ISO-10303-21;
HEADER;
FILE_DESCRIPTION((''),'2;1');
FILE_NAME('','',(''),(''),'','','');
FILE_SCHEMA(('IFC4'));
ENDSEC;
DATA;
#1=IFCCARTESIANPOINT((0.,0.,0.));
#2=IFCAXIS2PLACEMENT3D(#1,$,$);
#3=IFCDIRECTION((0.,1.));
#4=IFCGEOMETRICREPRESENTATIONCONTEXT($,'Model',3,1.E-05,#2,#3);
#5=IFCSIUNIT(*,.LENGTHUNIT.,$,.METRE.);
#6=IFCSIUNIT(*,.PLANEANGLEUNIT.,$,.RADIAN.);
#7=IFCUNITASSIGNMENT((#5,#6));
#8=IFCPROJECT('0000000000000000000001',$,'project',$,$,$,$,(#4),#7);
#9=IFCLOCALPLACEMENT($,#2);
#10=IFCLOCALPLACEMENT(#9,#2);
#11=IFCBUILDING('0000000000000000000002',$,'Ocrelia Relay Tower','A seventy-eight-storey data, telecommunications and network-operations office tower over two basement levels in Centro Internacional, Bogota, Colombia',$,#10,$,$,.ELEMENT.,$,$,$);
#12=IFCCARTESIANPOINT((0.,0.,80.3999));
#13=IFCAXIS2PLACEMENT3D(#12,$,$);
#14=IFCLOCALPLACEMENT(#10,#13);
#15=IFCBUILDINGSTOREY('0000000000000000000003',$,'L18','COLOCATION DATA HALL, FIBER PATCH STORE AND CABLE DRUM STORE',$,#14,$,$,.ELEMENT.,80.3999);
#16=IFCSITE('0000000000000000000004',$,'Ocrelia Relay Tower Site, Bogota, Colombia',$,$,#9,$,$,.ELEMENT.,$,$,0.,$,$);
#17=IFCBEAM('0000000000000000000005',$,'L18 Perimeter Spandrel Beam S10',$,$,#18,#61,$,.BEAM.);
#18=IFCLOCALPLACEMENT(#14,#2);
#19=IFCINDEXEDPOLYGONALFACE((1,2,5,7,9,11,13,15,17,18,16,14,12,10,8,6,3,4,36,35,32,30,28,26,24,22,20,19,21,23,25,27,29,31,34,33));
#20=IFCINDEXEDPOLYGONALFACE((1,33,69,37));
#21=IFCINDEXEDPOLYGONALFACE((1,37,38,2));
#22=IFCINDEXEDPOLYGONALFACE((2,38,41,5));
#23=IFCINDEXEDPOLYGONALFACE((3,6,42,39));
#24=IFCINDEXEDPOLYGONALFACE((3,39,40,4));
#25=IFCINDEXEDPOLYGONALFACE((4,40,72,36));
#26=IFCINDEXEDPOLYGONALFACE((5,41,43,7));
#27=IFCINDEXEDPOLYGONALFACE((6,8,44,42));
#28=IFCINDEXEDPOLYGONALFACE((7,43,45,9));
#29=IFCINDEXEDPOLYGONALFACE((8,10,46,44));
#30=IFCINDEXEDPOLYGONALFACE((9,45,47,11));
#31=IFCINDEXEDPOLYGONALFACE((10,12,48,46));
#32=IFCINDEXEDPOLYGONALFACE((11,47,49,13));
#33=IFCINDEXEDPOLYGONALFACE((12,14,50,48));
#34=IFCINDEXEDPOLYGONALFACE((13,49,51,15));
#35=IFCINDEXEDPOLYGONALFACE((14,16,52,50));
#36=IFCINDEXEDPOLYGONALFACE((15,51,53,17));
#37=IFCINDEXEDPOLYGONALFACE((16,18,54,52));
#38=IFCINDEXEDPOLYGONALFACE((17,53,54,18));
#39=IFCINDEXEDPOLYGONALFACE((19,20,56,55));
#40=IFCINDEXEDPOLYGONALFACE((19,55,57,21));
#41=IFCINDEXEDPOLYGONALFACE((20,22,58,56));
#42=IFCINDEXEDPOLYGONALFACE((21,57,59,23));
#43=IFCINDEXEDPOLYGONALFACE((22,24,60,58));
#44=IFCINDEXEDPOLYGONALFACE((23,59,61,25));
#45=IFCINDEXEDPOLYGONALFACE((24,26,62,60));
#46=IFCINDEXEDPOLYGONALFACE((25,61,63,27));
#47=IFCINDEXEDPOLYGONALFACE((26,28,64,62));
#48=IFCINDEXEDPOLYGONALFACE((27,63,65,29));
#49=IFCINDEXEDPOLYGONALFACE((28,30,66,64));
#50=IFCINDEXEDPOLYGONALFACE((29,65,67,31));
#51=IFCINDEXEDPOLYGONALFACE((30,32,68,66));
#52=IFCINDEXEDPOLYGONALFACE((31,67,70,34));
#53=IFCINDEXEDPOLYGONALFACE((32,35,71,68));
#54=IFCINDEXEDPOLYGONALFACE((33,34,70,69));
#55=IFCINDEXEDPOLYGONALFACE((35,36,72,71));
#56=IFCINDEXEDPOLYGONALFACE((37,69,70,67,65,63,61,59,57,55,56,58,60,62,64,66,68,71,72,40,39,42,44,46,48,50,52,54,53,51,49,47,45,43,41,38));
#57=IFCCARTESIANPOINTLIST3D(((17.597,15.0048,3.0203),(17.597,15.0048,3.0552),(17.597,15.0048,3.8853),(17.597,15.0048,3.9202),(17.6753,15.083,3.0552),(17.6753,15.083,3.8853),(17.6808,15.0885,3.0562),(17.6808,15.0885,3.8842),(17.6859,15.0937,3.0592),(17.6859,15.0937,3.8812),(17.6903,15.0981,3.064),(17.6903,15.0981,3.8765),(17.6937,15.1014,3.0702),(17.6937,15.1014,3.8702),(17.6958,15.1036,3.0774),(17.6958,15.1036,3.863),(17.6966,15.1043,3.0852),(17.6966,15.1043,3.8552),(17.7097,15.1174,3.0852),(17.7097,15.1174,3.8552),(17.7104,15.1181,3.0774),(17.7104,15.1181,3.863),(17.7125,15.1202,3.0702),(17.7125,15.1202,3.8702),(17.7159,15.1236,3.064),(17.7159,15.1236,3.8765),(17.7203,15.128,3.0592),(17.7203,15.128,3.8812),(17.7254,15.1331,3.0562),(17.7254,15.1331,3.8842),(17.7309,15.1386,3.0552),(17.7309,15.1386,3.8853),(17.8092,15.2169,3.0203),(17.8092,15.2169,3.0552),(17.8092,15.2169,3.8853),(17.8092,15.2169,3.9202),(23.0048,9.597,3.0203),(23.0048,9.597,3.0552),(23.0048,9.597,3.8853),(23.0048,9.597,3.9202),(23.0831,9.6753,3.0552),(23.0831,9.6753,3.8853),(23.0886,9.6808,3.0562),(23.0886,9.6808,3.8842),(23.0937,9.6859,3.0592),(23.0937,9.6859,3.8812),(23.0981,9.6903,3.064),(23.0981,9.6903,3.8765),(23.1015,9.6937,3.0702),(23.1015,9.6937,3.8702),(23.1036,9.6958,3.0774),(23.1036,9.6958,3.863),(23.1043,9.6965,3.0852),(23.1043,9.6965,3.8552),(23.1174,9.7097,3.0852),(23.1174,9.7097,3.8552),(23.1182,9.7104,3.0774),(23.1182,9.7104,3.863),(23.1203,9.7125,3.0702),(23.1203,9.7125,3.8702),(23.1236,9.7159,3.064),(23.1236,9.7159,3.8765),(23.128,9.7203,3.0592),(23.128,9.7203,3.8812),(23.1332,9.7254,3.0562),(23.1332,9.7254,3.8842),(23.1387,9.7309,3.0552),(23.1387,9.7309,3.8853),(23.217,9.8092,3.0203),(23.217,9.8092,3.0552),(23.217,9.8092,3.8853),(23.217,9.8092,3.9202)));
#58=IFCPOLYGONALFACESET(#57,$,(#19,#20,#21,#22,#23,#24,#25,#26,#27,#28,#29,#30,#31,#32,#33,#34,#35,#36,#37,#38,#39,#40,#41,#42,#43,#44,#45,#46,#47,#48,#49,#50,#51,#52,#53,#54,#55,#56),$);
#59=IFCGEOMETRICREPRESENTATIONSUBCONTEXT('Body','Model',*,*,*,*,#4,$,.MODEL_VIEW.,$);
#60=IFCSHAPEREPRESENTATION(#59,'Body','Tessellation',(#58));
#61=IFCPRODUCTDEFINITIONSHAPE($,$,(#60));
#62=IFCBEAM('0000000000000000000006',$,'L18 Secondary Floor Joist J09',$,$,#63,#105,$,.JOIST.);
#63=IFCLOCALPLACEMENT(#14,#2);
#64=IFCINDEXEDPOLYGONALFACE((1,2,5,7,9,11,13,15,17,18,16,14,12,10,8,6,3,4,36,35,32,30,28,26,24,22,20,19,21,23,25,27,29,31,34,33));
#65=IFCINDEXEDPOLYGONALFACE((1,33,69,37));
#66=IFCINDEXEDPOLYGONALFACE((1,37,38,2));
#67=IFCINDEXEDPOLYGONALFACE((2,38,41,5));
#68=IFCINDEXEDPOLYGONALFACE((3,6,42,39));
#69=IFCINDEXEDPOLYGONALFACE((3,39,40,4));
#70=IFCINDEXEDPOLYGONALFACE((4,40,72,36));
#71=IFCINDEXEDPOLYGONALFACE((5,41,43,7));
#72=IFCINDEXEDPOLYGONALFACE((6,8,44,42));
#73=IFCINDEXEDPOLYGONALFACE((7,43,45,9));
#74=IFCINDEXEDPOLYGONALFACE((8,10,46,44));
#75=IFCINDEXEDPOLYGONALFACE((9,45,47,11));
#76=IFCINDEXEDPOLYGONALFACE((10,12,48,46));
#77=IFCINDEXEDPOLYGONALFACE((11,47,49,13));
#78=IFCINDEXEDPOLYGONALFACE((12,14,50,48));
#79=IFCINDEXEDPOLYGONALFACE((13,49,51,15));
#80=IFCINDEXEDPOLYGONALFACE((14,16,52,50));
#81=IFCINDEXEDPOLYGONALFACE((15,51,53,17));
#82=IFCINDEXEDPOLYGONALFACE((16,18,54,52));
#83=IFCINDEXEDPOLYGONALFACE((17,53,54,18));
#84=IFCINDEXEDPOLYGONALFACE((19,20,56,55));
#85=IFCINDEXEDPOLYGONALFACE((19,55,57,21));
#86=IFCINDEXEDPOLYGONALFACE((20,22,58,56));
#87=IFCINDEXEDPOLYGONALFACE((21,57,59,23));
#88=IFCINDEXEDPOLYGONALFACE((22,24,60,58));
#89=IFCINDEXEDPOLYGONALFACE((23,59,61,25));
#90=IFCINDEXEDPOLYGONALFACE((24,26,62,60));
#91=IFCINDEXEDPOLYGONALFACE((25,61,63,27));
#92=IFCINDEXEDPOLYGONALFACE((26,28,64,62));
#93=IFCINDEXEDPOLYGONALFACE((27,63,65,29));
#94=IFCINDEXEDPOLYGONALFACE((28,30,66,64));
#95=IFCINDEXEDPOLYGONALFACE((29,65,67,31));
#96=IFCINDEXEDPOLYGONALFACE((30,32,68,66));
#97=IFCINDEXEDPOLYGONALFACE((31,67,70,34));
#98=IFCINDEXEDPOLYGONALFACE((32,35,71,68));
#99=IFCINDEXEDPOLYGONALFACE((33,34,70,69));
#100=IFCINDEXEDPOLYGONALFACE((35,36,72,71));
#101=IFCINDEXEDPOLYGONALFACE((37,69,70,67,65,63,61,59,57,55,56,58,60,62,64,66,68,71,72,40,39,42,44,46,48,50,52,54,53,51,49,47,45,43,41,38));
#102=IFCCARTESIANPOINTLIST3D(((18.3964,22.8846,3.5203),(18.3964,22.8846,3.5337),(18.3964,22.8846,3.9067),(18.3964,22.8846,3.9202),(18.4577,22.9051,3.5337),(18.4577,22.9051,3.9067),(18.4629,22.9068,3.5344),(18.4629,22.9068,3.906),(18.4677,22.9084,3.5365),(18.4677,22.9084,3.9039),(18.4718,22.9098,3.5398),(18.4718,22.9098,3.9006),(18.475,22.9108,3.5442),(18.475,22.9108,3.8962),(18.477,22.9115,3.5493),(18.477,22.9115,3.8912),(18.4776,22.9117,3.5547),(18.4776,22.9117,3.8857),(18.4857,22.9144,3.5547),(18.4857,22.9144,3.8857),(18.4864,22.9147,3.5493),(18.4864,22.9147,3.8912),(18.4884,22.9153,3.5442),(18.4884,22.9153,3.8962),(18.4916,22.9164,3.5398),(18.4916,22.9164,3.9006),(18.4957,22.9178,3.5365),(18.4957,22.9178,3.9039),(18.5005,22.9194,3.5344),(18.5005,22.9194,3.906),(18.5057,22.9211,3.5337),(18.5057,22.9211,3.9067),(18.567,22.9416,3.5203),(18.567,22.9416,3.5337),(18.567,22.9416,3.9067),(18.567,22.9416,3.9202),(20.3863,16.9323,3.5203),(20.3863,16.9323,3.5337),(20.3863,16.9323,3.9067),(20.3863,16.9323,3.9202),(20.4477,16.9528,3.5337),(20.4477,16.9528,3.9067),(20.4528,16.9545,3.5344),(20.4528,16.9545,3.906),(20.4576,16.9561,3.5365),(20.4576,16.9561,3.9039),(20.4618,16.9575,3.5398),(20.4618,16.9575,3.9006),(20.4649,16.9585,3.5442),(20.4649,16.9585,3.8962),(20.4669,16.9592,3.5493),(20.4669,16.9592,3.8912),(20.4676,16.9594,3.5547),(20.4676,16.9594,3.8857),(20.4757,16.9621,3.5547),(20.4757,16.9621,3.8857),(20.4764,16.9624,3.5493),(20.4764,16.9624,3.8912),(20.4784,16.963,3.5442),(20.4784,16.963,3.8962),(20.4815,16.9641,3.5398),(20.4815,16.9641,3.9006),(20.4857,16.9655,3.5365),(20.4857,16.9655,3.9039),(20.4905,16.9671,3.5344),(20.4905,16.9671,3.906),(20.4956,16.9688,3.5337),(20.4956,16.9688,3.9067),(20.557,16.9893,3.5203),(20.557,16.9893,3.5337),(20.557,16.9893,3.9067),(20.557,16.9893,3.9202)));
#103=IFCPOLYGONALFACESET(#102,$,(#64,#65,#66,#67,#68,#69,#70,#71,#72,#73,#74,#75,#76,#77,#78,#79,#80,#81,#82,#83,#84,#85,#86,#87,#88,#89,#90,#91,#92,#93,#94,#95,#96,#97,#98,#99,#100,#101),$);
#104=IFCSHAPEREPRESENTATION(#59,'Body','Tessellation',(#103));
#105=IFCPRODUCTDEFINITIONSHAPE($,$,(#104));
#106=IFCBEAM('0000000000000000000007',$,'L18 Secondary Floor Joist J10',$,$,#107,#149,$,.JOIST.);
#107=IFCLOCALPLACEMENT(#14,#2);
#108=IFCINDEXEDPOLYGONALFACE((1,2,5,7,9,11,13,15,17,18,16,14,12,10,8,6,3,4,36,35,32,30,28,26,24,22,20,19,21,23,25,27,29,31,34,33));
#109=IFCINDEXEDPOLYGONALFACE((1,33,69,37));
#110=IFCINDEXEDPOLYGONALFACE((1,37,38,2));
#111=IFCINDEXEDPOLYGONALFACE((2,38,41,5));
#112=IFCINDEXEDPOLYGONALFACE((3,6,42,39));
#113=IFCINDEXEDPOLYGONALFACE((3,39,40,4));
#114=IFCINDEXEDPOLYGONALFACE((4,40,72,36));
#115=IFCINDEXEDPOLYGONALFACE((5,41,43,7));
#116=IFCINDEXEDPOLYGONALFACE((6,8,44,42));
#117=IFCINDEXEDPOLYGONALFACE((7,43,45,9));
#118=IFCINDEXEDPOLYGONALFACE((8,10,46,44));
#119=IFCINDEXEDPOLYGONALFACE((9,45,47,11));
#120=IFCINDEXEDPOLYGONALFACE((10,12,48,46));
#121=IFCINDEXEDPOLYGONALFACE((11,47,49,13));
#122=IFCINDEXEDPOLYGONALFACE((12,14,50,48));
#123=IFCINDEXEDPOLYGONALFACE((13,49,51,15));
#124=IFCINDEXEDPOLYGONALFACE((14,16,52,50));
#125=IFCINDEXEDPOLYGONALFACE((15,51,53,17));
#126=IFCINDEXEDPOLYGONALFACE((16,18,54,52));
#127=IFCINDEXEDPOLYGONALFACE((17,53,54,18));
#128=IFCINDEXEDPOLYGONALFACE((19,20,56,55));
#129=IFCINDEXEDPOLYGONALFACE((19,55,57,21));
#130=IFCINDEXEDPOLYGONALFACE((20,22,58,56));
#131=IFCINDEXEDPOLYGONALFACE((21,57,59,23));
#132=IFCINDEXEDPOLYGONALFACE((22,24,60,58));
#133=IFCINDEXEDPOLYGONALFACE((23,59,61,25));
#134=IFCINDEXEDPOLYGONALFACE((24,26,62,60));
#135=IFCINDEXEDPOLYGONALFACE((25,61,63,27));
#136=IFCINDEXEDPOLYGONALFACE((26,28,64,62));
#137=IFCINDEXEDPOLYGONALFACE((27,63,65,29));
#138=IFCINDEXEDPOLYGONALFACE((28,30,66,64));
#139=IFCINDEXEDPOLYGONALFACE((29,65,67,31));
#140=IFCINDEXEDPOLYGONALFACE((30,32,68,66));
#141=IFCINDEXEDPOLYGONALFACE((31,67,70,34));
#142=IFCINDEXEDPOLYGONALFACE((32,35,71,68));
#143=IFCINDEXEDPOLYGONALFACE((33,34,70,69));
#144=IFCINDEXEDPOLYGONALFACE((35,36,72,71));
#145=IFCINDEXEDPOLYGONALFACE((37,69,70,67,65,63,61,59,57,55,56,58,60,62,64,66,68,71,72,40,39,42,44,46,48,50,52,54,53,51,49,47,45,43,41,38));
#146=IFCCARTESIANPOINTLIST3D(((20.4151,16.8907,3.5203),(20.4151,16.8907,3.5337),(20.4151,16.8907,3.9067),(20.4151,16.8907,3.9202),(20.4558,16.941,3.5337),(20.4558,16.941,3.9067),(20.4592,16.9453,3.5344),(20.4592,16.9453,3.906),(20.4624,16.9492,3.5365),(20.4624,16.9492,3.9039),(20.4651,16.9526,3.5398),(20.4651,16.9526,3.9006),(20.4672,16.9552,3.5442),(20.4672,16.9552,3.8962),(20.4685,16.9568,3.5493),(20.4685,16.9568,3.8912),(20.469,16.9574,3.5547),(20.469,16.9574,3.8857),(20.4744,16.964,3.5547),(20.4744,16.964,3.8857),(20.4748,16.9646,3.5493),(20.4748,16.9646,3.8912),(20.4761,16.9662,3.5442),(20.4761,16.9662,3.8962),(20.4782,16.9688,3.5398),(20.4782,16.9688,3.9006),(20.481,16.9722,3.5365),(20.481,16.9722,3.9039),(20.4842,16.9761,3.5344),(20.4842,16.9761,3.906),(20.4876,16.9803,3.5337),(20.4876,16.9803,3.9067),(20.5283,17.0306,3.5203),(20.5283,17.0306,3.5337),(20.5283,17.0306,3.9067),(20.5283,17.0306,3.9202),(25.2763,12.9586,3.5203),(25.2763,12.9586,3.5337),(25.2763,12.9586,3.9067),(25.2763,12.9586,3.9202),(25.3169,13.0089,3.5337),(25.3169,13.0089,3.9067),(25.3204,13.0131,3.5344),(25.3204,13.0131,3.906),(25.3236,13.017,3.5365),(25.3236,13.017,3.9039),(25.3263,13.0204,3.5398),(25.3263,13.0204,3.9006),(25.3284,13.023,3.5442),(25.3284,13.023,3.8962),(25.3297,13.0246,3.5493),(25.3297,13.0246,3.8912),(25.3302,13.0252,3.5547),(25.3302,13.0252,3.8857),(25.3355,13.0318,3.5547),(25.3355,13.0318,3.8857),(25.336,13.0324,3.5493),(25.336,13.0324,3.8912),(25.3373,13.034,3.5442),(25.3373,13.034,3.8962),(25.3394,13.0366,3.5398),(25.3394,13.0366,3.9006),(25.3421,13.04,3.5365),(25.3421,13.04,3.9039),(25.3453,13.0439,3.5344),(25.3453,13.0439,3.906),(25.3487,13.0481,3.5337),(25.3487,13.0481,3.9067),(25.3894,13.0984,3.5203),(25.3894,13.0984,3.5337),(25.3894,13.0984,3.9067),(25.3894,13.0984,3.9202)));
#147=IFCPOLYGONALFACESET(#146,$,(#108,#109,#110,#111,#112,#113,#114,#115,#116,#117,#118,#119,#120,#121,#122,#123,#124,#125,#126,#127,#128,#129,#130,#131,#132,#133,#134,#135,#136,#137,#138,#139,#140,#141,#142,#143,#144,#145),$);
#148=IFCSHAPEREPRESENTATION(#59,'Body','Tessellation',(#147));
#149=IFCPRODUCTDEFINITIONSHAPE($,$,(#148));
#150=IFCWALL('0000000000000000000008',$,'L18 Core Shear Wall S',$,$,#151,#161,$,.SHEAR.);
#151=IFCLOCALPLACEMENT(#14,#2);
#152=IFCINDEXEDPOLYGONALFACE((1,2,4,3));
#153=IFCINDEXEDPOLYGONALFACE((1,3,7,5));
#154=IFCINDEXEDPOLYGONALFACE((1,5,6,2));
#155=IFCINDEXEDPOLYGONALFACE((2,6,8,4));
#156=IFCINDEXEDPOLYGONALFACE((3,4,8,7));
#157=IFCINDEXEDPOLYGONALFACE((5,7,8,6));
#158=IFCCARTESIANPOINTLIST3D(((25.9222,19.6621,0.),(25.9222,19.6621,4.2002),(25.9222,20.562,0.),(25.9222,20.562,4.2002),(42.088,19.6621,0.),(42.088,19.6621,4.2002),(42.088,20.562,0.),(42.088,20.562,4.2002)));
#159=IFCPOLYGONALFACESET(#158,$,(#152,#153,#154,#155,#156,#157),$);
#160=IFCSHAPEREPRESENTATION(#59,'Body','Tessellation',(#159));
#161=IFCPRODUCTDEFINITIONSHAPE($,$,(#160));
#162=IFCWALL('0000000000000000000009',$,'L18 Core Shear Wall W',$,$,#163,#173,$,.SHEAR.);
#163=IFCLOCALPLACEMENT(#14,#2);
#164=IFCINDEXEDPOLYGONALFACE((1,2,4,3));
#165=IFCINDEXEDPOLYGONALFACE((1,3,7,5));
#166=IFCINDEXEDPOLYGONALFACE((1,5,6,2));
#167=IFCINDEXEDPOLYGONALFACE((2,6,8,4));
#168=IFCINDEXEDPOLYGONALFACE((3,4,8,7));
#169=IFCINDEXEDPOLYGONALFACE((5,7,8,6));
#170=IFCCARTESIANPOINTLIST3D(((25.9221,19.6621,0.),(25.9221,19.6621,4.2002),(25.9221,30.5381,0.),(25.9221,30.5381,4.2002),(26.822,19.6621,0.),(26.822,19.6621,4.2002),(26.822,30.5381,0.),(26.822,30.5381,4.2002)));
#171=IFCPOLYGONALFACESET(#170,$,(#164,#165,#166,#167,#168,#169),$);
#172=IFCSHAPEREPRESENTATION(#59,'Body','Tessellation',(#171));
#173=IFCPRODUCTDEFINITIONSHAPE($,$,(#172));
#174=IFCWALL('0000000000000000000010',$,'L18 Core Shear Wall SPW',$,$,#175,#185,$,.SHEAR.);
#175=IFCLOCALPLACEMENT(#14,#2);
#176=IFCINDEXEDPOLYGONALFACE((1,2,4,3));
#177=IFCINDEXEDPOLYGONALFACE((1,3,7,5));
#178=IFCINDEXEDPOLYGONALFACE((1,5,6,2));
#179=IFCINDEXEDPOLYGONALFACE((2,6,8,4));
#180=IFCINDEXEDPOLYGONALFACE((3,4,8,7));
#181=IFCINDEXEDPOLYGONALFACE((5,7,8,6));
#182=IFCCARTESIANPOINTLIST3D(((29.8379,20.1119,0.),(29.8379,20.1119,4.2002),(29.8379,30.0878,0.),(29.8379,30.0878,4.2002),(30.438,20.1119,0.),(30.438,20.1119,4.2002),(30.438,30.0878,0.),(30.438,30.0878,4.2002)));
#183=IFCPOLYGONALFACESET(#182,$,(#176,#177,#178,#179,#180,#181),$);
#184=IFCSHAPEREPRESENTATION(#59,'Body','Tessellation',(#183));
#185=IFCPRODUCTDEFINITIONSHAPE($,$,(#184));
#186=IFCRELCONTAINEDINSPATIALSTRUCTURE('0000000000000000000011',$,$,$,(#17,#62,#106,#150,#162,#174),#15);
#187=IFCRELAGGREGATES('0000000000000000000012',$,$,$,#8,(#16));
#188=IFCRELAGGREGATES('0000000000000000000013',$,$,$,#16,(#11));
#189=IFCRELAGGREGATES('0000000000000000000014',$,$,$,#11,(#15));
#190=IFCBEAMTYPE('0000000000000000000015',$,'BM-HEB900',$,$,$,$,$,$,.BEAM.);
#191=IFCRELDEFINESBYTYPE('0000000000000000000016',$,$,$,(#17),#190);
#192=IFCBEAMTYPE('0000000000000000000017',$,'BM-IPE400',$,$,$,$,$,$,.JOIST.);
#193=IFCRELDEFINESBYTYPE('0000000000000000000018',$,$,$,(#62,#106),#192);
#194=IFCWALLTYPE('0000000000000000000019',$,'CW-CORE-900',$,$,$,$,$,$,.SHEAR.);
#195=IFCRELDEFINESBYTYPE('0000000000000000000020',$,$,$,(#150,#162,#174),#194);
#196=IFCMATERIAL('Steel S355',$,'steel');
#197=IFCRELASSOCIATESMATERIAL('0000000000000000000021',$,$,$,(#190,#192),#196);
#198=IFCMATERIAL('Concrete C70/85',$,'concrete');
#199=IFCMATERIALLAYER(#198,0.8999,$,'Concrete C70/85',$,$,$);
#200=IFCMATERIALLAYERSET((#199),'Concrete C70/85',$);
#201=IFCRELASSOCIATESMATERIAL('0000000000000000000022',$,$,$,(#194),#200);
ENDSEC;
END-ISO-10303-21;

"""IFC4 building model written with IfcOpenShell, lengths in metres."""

from ifc_helpers import new_model, si_unit, direction, frame, frame_2d, origin, origin_2d, place, context, subcontext, project, spatial, rectangle, i_section, extrude, material, layer, layer_set, material_profile, profile_set, type_object, element, save


model = new_model("IFC4")

# Units and contexts
model_context = context("Model", 3, precision=1e-05, world=origin(), true_north=direction((0.0, 1.0)))
body_context = subcontext(model_context, "Body", "Model", "MODEL_VIEW")
ifc_project = project(units=[si_unit("LENGTHUNIT", "METRE"), si_unit("PLANEANGLEUNIT", "RADIAN")], contexts=[model_context])

# Site, building, storey
site_placement = place(None, origin())
site = spatial("IfcSite", under=ifc_project, at=site_placement, Name="Ocrelia Relay Tower Site, Bogota, Colombia", CompositionType="ELEMENT", RefElevation=0.0)
building_placement = place(site_placement, origin())
building = spatial("IfcBuilding", under=site, at=building_placement, Name="Ocrelia Relay Tower", Description="A seventy-eight-storey data, telecommunications and network-operations office tower over two basement levels in Centro Internacional, Bogota, Colombia", CompositionType="ELEMENT")
storey_placement = place(building_placement, frame((0.0, 0.0, 80.3999)))
storey = spatial("IfcBuildingStorey", under=building, at=storey_placement, Name="L18", Description="COLOCATION DATA HALL, FIBER PATCH STORE AND CABLE DRUM STORE", CompositionType="ELEMENT", Elevation=80.3999)

# Shared definitions
ifc_material_1 = material(Name="Concrete C70/85", Category="concrete")

# Beams
ifc_material_2 = material(Name="Steel S355", Category="steel")
ifc_material_profile_1 = material_profile(ifc_material_2, i_section(OverallWidth=0.3, OverallDepth=0.8999, WebThickness=0.0186, FlangeThickness=0.0349, FilletRadius=0.03, at=origin_2d()), Name="HEB 900")
ifc_profile_set_1 = profile_set([ifc_material_profile_1], Name="Steel S355")
beam_type_1 = type_object("IfcBeamType", Name="BM-HEB900", PredefinedType="BEAM", material=ifc_profile_set_1)
beam_1_placement = place(storey_placement, frame((17.7031, 15.1108, 3.4702), z_axis=(0.707107, -0.707107, 0.0), x_axis=(0.707107, 0.707107, 0.0)))
element("IfcBeam", 1, at=beam_1_placement, inside=storey, type_object=beam_type_1, Name="L18 Perimeter Spandrel Beam S10", PredefinedType="BEAM", context=body_context, shape_type="SweptSolid", body=[
    extrude(i_section(OverallWidth=0.3, OverallDepth=0.8999, WebThickness=0.0186, FlangeThickness=0.0349, FilletRadius=0.03, at=origin_2d()), origin(), (0.0, 0.0, 1.0), 7.6477),
])
ifc_material_profile_2 = material_profile(ifc_material_2, i_section(OverallWidth=0.1799, OverallDepth=0.3999, WebThickness=0.0085, FlangeThickness=0.0134, FilletRadius=0.021, at=origin_2d()), Name="IPE 400")
ifc_profile_set_2 = profile_set([ifc_material_profile_2], Name="Steel S355")
beam_type_2 = type_object("IfcBeamType", Name="BM-IPE400", PredefinedType="JOIST", material=ifc_profile_set_2)
beam_2_placement = place(storey_placement, frame((18.4817, 22.9131, 3.7202), z_axis=(0.317068, -0.948403, 0.0), x_axis=(0.948403, 0.317068, 0.0)))
element("IfcBeam", 2, at=beam_2_placement, inside=storey, type_object=beam_type_2, Name="L18 Secondary Floor Joist J09", PredefinedType="JOIST", context=body_context, shape_type="SweptSolid", body=[
    extrude(i_section(OverallWidth=0.1799, OverallDepth=0.3999, WebThickness=0.0085, FlangeThickness=0.0134, FilletRadius=0.021, at=origin_2d()), origin(), (0.0, 0.0, 1.0), 6.2761),
])
beam_3_placement = place(storey_placement, frame((20.4717, 16.9607, 3.7202), z_axis=(0.777482, -0.628905, 0.0), x_axis=(0.628905, 0.777482, 0.0)))
element("IfcBeam", 3, at=beam_3_placement, inside=storey, type_object=beam_type_2, Name="L18 Secondary Floor Joist J10", PredefinedType="JOIST", context=body_context, shape_type="SweptSolid", body=[
    extrude(i_section(OverallWidth=0.1799, OverallDepth=0.3999, WebThickness=0.0085, FlangeThickness=0.0134, FilletRadius=0.021, at=origin_2d()), origin(), (0.0, 0.0, 1.0), 6.2524),
])

# Walls
ifc_layer_1 = layer(ifc_material_1, 0.8999, Name="Concrete C70/85")
ifc_layer_set_1 = layer_set([ifc_layer_1], Name="Concrete C70/85")
wall_type_1 = type_object("IfcWallType", Name="CW-CORE-900", PredefinedType="SHEAR", material=ifc_layer_set_1)
wall_1_placement = place(storey_placement, frame((25.9221, 20.1121, 0.0), z_axis=(0.0, 0.0, 1.0), x_axis=(1.0, 0.0, 0.0)))
element("IfcWall", 4, at=wall_1_placement, inside=storey, type_object=wall_type_1, Name="L18 Core Shear Wall S", PredefinedType="SHEAR", context=body_context, shape_type="SweptSolid", body=[
    extrude(rectangle(XDim=16.1658, YDim=0.8999, at=frame_2d((8.083, 0.0))), origin(), (0.0, 0.0, 1.0), 4.2002),
])
wall_2_placement = place(storey_placement, frame((26.3721, 19.6621, 0.0), z_axis=(0.0, 0.0, 1.0), x_axis=(0.0, 1.0, 0.0)))
element("IfcWall", 5, at=wall_2_placement, inside=storey, type_object=wall_type_1, Name="L18 Core Shear Wall W", PredefinedType="SHEAR", context=body_context, shape_type="SweptSolid", body=[
    extrude(rectangle(XDim=10.876, YDim=0.8999, at=frame_2d((5.438, 0.0))), origin(), (0.0, 0.0, 1.0), 4.2002),
])
wall_3_placement = place(storey_placement, frame((30.1379, 20.1121, 0.0), z_axis=(0.0, 0.0, 1.0), x_axis=(0.0, 1.0, 0.0)))
element("IfcWall", 6, at=wall_3_placement, inside=storey, type_object=wall_type_1, Name="L18 Core Shear Wall SPW", PredefinedType="SHEAR", context=body_context, shape_type="SweptSolid", body=[
    extrude(rectangle(XDim=9.9758, YDim=0.6001, at=frame_2d((4.9878, 0.0))), origin(), (0.0, 0.0, 1.0), 4.2002),
])

save(model, "model.ifc")
